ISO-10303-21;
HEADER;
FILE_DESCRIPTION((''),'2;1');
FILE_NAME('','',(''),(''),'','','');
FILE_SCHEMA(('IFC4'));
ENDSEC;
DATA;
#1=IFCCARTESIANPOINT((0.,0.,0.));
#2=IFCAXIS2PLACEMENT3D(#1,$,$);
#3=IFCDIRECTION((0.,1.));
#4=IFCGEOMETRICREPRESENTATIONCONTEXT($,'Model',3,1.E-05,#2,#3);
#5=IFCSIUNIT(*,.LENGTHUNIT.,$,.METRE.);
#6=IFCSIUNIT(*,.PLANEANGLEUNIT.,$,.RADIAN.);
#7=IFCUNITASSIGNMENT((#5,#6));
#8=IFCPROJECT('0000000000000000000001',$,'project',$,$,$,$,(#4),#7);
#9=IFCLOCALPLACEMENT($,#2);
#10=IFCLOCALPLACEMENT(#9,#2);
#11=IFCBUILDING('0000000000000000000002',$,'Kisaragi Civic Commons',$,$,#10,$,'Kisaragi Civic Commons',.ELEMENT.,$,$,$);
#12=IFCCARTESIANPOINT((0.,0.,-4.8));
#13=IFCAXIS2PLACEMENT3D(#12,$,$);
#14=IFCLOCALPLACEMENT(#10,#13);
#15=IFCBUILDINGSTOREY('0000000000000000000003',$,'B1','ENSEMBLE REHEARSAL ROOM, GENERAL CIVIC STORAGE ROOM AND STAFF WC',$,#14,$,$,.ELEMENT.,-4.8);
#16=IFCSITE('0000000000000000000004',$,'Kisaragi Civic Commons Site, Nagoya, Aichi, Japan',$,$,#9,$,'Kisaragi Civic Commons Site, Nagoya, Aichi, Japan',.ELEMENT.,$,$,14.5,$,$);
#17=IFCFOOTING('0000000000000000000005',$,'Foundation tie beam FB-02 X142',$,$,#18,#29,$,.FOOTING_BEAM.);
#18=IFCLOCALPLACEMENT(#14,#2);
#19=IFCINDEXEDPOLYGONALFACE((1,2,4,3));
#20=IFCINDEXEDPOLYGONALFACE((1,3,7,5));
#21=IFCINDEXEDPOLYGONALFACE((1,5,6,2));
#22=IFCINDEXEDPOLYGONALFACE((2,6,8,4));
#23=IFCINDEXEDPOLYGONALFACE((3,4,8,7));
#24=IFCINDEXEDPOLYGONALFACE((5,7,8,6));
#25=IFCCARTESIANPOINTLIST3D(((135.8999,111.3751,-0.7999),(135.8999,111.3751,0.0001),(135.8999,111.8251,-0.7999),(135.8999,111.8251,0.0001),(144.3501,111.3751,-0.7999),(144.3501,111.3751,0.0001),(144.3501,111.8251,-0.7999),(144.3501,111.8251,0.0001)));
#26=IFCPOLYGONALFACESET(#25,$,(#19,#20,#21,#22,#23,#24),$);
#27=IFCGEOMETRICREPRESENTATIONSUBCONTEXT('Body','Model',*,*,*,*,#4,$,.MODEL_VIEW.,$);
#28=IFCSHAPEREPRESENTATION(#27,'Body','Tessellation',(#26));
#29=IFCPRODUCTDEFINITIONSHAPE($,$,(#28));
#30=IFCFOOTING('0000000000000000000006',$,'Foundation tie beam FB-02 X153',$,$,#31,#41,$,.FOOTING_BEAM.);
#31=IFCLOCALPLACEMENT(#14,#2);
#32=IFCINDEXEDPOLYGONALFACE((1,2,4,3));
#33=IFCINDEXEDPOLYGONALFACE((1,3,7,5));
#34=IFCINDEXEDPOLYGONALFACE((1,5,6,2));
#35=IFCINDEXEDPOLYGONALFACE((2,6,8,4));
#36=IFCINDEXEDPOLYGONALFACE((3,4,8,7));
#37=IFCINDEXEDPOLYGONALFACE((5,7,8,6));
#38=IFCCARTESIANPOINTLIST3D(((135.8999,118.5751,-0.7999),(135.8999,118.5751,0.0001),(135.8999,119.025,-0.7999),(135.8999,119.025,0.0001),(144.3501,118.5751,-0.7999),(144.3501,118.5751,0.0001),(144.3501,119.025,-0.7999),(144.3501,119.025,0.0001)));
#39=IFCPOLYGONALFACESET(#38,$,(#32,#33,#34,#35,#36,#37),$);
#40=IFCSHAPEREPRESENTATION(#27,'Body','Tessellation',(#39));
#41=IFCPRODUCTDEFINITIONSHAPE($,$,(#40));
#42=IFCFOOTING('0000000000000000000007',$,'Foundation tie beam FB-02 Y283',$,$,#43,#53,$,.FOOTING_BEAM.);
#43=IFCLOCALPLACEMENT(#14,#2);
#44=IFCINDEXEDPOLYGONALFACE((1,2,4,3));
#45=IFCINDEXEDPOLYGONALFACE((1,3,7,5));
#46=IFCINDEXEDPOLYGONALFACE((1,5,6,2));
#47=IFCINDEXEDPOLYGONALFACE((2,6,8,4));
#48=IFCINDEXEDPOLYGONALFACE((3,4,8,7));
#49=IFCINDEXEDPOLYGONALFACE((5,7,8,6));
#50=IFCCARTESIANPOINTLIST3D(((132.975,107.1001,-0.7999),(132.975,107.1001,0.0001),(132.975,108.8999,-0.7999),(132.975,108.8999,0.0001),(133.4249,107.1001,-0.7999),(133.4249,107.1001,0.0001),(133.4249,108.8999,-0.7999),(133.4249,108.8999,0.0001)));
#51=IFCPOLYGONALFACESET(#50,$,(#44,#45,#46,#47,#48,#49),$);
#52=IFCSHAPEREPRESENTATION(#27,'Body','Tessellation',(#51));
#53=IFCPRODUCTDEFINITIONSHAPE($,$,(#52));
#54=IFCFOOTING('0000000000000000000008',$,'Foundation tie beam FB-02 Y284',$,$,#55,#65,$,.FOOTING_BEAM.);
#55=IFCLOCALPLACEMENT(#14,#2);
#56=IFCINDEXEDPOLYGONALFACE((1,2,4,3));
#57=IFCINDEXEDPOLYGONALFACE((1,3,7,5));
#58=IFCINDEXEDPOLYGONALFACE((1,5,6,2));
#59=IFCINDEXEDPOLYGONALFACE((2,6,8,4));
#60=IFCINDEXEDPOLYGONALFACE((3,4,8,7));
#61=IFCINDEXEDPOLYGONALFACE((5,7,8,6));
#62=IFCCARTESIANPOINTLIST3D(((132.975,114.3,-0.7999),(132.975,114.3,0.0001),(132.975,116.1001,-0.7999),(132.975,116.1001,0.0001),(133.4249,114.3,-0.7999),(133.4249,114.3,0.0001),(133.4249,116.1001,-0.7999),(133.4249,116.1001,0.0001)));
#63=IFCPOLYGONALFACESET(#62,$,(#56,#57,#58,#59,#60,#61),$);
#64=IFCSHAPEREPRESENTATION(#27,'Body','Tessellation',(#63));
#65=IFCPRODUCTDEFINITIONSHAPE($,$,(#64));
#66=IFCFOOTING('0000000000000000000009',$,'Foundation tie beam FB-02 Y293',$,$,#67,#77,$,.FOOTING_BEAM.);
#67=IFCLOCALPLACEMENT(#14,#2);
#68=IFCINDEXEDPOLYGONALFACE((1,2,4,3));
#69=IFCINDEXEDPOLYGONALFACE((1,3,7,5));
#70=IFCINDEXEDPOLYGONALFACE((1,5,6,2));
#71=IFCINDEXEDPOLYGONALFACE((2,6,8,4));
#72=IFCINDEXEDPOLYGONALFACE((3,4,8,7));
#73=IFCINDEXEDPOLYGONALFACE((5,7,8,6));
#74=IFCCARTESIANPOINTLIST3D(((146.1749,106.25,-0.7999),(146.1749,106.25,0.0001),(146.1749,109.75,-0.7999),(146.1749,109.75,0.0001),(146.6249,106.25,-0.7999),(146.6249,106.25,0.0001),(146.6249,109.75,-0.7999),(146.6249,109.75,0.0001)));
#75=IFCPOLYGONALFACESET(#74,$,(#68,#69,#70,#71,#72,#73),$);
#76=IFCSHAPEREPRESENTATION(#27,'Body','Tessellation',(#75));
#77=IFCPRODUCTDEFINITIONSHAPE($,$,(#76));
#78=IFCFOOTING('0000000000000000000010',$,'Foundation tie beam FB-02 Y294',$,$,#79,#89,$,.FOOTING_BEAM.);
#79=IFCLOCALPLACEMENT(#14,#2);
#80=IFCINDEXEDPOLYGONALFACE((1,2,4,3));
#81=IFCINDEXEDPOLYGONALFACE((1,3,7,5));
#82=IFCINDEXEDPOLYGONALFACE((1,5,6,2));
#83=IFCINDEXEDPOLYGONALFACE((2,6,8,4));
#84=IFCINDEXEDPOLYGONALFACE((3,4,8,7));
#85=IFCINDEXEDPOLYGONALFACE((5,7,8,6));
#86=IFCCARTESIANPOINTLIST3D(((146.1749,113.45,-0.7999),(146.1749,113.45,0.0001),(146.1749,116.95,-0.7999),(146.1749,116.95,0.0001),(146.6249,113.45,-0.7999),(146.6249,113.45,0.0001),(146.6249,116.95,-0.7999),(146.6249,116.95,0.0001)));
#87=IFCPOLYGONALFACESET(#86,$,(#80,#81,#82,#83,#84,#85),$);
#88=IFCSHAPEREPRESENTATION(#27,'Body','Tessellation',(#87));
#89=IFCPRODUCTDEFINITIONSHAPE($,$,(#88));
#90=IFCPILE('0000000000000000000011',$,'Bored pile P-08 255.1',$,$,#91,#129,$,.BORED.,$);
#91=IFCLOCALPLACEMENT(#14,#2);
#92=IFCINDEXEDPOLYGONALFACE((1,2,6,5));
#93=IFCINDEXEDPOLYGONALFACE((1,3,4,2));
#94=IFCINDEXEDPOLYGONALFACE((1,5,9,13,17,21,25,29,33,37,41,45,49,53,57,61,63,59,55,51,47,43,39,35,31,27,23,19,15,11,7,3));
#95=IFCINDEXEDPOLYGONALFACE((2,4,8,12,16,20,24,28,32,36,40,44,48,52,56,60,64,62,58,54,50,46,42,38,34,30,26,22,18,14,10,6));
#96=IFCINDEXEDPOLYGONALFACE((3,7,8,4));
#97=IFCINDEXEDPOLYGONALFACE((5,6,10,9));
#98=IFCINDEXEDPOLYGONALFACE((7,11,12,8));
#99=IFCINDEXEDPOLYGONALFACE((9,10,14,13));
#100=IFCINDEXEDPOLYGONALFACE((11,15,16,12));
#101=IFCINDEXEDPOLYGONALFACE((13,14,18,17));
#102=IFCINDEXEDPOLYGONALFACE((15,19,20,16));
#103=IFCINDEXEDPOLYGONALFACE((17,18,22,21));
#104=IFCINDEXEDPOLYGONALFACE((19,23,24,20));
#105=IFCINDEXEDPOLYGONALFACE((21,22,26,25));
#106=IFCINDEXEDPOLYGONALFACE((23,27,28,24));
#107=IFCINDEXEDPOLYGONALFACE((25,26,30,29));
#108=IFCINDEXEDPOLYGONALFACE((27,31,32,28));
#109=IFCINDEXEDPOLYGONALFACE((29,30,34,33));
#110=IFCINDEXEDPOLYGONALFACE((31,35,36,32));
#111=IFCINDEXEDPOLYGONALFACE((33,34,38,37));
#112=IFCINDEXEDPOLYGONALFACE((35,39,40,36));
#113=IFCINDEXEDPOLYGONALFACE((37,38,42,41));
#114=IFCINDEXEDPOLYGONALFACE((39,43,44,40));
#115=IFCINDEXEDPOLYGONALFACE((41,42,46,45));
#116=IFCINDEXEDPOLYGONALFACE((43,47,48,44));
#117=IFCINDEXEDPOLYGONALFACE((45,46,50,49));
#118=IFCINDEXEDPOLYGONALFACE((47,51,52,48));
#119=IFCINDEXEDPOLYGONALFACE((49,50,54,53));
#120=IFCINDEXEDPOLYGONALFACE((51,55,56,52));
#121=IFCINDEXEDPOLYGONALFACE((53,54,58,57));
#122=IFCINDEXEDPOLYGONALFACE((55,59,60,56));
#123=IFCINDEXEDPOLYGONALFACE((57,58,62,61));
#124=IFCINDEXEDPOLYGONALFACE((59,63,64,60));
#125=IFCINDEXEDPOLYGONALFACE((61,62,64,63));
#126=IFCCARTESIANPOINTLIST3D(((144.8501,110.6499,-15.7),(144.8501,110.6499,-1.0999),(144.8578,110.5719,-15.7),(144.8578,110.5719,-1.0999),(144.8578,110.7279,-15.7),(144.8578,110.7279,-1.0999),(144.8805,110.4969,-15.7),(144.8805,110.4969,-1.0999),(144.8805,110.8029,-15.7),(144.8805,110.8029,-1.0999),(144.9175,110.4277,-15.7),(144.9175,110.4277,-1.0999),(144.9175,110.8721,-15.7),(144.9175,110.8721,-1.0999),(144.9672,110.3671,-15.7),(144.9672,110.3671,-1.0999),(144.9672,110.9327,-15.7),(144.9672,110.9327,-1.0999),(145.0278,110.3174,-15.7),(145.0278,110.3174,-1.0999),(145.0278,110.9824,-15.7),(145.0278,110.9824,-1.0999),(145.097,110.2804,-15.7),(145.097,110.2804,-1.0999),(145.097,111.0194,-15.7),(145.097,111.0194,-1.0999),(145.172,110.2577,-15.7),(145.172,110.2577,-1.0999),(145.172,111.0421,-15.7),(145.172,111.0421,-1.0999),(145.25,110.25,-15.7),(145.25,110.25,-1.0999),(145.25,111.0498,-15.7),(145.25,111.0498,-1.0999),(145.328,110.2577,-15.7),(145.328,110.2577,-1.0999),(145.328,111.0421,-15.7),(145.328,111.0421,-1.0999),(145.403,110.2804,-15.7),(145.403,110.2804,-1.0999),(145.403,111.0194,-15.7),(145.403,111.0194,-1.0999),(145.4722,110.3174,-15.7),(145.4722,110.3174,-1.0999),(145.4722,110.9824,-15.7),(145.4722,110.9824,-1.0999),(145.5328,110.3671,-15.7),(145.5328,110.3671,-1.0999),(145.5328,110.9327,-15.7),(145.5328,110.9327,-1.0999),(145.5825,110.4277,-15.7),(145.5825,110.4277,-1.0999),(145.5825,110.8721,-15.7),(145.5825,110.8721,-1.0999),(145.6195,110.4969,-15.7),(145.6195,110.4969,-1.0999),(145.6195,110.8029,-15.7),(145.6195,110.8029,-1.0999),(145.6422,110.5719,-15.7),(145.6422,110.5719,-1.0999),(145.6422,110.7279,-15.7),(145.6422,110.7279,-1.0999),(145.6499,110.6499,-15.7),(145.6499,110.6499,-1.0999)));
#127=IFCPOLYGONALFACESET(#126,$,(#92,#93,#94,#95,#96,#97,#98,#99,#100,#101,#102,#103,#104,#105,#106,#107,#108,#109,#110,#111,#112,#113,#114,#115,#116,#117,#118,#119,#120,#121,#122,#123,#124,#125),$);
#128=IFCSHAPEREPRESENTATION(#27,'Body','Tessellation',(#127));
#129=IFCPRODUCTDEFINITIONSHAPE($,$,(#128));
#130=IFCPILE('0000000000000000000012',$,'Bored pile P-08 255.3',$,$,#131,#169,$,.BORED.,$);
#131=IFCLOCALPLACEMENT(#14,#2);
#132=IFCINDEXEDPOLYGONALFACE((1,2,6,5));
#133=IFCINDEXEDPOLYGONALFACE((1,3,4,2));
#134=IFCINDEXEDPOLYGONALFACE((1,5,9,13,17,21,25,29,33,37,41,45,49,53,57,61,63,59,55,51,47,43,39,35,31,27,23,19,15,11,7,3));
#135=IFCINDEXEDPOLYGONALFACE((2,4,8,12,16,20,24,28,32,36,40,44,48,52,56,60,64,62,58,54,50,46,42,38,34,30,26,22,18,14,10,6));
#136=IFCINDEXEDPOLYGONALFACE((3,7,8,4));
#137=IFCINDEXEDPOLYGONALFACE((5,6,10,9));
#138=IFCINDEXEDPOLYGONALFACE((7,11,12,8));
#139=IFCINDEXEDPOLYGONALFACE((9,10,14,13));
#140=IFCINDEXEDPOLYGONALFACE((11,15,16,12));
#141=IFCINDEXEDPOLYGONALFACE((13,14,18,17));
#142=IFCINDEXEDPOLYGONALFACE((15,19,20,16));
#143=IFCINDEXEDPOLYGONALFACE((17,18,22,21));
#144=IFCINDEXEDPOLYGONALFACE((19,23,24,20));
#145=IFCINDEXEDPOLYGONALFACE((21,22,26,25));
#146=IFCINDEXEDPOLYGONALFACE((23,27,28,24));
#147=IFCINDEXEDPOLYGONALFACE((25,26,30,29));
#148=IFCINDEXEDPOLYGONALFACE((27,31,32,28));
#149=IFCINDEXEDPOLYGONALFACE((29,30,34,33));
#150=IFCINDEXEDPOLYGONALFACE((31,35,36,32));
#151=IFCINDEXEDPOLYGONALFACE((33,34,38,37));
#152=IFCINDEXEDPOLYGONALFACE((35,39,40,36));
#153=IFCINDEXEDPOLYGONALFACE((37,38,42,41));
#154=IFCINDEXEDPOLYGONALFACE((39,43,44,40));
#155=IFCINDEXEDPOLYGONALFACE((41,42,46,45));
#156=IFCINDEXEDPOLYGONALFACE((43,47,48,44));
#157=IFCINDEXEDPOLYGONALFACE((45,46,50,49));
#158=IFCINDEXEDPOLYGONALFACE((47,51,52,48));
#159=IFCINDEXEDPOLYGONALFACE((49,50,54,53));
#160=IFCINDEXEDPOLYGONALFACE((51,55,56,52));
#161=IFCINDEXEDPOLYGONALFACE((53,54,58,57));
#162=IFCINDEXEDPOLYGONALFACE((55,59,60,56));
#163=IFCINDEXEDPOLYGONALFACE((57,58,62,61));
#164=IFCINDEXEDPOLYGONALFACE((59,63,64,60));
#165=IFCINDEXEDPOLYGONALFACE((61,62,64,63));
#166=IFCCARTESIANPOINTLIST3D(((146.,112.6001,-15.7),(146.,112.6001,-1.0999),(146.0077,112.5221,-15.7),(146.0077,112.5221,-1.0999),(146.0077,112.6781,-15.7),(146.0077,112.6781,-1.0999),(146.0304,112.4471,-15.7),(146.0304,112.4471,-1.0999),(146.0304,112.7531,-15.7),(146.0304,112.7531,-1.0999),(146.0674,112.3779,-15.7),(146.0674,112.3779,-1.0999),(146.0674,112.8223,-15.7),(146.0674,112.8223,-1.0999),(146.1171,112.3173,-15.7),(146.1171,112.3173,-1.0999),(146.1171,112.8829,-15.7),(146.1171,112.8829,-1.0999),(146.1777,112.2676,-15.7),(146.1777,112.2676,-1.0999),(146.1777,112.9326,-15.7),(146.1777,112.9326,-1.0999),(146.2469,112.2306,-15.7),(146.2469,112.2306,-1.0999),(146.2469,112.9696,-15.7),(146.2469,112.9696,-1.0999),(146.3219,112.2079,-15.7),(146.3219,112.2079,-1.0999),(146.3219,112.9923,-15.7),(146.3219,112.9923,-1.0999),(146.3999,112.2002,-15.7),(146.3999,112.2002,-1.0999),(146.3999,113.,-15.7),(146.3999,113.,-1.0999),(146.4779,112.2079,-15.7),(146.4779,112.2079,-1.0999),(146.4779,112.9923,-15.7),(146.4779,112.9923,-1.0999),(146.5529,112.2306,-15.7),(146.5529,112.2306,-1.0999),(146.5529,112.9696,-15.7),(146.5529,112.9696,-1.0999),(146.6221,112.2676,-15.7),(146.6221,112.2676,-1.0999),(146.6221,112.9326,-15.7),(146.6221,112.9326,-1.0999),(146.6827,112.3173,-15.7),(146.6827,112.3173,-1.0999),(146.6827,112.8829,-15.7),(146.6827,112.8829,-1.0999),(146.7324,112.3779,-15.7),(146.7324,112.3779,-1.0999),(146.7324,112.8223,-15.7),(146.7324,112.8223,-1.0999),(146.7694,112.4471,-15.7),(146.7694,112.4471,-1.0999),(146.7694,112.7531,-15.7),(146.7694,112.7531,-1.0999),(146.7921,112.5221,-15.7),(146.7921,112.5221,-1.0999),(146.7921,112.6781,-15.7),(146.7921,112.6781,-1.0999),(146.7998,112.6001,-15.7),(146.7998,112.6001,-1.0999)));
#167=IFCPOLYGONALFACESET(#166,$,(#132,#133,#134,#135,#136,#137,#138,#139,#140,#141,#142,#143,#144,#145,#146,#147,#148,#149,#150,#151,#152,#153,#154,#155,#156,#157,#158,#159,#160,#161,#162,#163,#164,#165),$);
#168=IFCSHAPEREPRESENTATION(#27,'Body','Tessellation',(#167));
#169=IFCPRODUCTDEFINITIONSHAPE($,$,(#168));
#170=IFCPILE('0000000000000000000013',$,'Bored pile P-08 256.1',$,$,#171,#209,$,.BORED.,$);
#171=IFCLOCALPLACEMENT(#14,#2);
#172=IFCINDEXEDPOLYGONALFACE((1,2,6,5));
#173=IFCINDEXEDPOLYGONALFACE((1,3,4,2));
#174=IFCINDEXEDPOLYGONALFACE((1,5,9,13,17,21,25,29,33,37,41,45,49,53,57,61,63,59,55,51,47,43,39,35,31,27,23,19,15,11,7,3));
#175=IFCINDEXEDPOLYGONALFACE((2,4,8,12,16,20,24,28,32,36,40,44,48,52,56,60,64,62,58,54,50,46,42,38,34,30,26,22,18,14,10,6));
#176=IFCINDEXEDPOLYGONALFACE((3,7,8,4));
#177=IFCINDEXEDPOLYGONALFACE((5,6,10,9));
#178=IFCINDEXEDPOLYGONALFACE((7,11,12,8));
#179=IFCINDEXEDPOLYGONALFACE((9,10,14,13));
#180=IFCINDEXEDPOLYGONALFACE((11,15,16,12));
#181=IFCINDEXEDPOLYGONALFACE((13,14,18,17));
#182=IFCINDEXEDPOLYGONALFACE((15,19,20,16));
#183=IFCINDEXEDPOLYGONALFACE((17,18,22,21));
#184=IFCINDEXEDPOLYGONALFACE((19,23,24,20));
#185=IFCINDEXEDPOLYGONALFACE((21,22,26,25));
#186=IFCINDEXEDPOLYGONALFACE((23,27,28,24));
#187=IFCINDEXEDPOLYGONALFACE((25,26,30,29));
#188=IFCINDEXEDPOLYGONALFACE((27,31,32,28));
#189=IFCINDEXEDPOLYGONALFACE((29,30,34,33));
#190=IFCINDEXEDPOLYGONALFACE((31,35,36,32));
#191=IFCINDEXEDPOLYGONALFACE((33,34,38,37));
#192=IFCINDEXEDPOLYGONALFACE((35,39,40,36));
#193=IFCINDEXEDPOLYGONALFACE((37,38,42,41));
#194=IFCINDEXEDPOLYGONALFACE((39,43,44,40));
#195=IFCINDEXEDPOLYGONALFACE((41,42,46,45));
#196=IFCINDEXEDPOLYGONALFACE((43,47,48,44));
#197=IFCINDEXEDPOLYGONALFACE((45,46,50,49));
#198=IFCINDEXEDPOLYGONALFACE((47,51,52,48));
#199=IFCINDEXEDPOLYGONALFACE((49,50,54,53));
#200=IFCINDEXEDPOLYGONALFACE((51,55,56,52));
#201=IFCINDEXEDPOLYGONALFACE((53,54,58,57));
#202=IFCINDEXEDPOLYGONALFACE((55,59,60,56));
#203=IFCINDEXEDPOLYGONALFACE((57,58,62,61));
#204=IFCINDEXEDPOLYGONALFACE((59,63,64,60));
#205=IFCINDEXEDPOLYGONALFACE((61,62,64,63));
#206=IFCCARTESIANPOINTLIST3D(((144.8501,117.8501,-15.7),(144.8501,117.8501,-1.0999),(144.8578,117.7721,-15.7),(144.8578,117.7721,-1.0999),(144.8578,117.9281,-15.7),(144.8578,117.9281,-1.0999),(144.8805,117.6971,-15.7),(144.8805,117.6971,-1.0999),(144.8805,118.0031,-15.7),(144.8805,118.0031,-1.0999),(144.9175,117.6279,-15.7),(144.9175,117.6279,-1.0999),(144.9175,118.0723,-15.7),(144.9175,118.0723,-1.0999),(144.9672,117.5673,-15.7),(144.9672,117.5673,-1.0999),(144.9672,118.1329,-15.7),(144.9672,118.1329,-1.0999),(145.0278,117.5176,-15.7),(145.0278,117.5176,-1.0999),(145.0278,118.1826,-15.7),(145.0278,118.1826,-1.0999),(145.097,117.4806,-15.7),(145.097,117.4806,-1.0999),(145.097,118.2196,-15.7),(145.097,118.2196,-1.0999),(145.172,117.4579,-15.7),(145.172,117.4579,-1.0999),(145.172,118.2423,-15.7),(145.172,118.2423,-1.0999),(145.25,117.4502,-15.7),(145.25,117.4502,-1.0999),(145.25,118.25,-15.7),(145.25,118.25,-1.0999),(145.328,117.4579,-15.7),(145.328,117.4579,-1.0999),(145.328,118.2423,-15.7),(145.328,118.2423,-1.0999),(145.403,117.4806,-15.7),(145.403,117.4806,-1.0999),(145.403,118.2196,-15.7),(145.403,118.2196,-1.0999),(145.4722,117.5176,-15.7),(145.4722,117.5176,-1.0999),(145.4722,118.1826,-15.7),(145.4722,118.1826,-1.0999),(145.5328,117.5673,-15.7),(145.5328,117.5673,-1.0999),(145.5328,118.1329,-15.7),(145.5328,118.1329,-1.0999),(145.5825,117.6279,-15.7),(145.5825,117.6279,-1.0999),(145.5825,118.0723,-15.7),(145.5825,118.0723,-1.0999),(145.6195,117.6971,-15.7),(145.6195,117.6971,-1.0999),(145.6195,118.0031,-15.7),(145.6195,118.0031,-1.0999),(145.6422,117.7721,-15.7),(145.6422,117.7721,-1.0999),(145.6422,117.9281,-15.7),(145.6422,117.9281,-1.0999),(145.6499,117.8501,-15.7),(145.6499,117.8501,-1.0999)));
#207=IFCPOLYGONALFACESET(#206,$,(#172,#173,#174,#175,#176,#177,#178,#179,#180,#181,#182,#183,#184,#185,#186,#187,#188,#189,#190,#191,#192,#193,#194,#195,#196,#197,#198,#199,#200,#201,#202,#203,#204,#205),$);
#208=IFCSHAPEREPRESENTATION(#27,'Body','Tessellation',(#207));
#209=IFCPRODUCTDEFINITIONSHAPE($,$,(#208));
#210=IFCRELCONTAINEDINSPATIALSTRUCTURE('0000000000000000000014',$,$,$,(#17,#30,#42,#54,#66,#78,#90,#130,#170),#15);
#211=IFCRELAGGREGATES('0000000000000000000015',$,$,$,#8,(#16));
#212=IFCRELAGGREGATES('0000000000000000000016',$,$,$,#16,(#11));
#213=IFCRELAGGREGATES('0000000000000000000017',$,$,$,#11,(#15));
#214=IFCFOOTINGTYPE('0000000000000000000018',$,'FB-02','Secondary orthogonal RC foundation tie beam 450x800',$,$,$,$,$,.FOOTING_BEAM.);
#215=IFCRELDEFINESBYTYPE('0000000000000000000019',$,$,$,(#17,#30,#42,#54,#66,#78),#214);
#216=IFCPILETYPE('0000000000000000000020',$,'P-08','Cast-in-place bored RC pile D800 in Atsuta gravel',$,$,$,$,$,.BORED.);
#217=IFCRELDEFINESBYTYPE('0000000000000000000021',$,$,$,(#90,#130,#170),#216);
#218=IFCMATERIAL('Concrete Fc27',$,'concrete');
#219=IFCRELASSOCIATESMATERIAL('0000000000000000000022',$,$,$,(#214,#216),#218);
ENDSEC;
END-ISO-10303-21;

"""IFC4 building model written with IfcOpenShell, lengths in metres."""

from ifc_helpers import new_model, si_unit, direction, frame, origin, origin_2d, place, context, subcontext, project, spatial, rectangle, circle, extrude, material, material_profile, profile_set, type_object, element, save


model = new_model("IFC4")

# Units and contexts
model_context = context("Model", 3, precision=1e-05, world=origin(), true_north=direction((0.0, 1.0)))
body_context = subcontext(model_context, "Body", "Model", "MODEL_VIEW")
ifc_project = project(units=[si_unit("LENGTHUNIT", "METRE"), si_unit("PLANEANGLEUNIT", "RADIAN")], contexts=[model_context])

# Site, building, storey
site_placement = place(None, origin())
site = spatial("IfcSite", under=ifc_project, at=site_placement, Name="Kisaragi Civic Commons Site, Nagoya, Aichi, Japan", LongName="Kisaragi Civic Commons Site, Nagoya, Aichi, Japan", CompositionType="ELEMENT", RefElevation=14.5)
building_placement = place(site_placement, origin())
building = spatial("IfcBuilding", under=site, at=building_placement, Name="Kisaragi Civic Commons", LongName="Kisaragi Civic Commons", CompositionType="ELEMENT")
storey_placement = place(building_placement, frame((0.0, 0.0, -4.8)))
storey = spatial("IfcBuildingStorey", under=building, at=storey_placement, Name="B1", Description="ENSEMBLE REHEARSAL ROOM, GENERAL CIVIC STORAGE ROOM AND STAFF WC", CompositionType="ELEMENT", Elevation=-4.8)

# Footings
ifc_material_1 = material(Name="Concrete Fc27", Category="concrete")
ifc_material_profile_1 = material_profile(ifc_material_1, rectangle(XDim=0.45, YDim=0.8, at=origin_2d()), Name="RC-450x800", Category="concrete")
ifc_profile_set_1 = profile_set([ifc_material_profile_1], Name="Concrete Fc27")
footing_type_1 = type_object("IfcFootingType", Name="FB-02", Description="Secondary orthogonal RC foundation tie beam 450x800", PredefinedType="FOOTING_BEAM", material=ifc_profile_set_1)
for number, where, z_axis, x_axis, name in (
    (1, (135.8999, 111.6001, -0.3999), (1.0, 0.0, 0.0), (0.0, 1.0, 0.0), "Foundation tie beam FB-02 X142"),
    (2, (135.8999, 118.8, -0.3999), (1.0, 0.0, 0.0), (0.0, 1.0, 0.0), "Foundation tie beam FB-02 X153"),
):
    element("IfcFooting", number, at=place(storey_placement, frame(where, z_axis=z_axis, x_axis=x_axis)), inside=storey, type_object=footing_type_1, Name=name, PredefinedType="FOOTING_BEAM", context=body_context, shape_type="SweptSolid", body=[
        extrude(rectangle(XDim=0.45, YDim=0.8, at=origin_2d()), origin(), (0.0, 0.0, 1.0), 8.4502),
    ])
footing_1_placement = place(storey_placement, frame((133.2, 107.1001, -0.3999), z_axis=(0.0, 1.0, 0.0), x_axis=(-1.0, 0.0, 0.0)))
element("IfcFooting", 3, at=footing_1_placement, inside=storey, type_object=footing_type_1, Name="Foundation tie beam FB-02 Y283", PredefinedType="FOOTING_BEAM", context=body_context, shape_type="SweptSolid", body=[
    extrude(rectangle(XDim=0.45, YDim=0.8, at=origin_2d()), origin(), (0.0, 0.0, 1.0), 1.7998),
])
footing_2_placement = place(storey_placement, frame((133.2, 114.3, -0.3999), z_axis=(0.0, 1.0, 0.0), x_axis=(-1.0, 0.0, 0.0)))
element("IfcFooting", 4, at=footing_2_placement, inside=storey, type_object=footing_type_1, Name="Foundation tie beam FB-02 Y284", PredefinedType="FOOTING_BEAM", context=body_context, shape_type="SweptSolid", body=[
    extrude(rectangle(XDim=0.45, YDim=0.8, at=origin_2d()), origin(), (0.0, 0.0, 1.0), 1.8),
])
for number, where, z_axis, x_axis, name in (
    (5, (146.3999, 106.25, -0.3999), (0.0, 1.0, 0.0), (-1.0, 0.0, 0.0), "Foundation tie beam FB-02 Y293"),
    (6, (146.3999, 113.45, -0.3999), (0.0, 1.0, 0.0), (-1.0, 0.0, 0.0), "Foundation tie beam FB-02 Y294"),
):
    element("IfcFooting", number, at=place(storey_placement, frame(where, z_axis=z_axis, x_axis=x_axis)), inside=storey, type_object=footing_type_1, Name=name, PredefinedType="FOOTING_BEAM", context=body_context, shape_type="SweptSolid", body=[
        extrude(rectangle(XDim=0.45, YDim=0.8, at=origin_2d()), origin(), (0.0, 0.0, 1.0), 3.5),
    ])

# Piles
ifc_material_profile_2 = material_profile(ifc_material_1, circle(Radius=0.3999, at=origin_2d()), Name="PILE-D800", Category="concrete")
ifc_profile_set_2 = profile_set([ifc_material_profile_2], Name="Concrete Fc27")
pile_type_1 = type_object("IfcPileType", Name="P-08", Description="Cast-in-place bored RC pile D800 in Atsuta gravel", PredefinedType="BORED", material=ifc_profile_set_2)
for number, where, z_axis, x_axis, name in (
    (7, (145.25, 110.6499, -1.0999), (0.0, 0.0, -1.0), (1.0, 0.0, 0.0), "Bored pile P-08 255.1"),
    (8, (146.3999, 112.6001, -1.0999), (0.0, 0.0, -1.0), (1.0, 0.0, 0.0), "Bored pile P-08 255.3"),
    (9, (145.25, 117.8501, -1.0999), (0.0, 0.0, -1.0), (1.0, 0.0, 0.0), "Bored pile P-08 256.1"),
):
    element("IfcPile", number, at=place(storey_placement, frame(where, z_axis=z_axis, x_axis=x_axis)), inside=storey, type_object=pile_type_1, Name=name, PredefinedType="BORED", context=body_context, shape_type="SweptSolid", body=[
        extrude(circle(Radius=0.3999, at=origin_2d()), origin(), (0.0, 0.0, 1.0), 14.6001),
    ])

save(model, "model.ifc")
